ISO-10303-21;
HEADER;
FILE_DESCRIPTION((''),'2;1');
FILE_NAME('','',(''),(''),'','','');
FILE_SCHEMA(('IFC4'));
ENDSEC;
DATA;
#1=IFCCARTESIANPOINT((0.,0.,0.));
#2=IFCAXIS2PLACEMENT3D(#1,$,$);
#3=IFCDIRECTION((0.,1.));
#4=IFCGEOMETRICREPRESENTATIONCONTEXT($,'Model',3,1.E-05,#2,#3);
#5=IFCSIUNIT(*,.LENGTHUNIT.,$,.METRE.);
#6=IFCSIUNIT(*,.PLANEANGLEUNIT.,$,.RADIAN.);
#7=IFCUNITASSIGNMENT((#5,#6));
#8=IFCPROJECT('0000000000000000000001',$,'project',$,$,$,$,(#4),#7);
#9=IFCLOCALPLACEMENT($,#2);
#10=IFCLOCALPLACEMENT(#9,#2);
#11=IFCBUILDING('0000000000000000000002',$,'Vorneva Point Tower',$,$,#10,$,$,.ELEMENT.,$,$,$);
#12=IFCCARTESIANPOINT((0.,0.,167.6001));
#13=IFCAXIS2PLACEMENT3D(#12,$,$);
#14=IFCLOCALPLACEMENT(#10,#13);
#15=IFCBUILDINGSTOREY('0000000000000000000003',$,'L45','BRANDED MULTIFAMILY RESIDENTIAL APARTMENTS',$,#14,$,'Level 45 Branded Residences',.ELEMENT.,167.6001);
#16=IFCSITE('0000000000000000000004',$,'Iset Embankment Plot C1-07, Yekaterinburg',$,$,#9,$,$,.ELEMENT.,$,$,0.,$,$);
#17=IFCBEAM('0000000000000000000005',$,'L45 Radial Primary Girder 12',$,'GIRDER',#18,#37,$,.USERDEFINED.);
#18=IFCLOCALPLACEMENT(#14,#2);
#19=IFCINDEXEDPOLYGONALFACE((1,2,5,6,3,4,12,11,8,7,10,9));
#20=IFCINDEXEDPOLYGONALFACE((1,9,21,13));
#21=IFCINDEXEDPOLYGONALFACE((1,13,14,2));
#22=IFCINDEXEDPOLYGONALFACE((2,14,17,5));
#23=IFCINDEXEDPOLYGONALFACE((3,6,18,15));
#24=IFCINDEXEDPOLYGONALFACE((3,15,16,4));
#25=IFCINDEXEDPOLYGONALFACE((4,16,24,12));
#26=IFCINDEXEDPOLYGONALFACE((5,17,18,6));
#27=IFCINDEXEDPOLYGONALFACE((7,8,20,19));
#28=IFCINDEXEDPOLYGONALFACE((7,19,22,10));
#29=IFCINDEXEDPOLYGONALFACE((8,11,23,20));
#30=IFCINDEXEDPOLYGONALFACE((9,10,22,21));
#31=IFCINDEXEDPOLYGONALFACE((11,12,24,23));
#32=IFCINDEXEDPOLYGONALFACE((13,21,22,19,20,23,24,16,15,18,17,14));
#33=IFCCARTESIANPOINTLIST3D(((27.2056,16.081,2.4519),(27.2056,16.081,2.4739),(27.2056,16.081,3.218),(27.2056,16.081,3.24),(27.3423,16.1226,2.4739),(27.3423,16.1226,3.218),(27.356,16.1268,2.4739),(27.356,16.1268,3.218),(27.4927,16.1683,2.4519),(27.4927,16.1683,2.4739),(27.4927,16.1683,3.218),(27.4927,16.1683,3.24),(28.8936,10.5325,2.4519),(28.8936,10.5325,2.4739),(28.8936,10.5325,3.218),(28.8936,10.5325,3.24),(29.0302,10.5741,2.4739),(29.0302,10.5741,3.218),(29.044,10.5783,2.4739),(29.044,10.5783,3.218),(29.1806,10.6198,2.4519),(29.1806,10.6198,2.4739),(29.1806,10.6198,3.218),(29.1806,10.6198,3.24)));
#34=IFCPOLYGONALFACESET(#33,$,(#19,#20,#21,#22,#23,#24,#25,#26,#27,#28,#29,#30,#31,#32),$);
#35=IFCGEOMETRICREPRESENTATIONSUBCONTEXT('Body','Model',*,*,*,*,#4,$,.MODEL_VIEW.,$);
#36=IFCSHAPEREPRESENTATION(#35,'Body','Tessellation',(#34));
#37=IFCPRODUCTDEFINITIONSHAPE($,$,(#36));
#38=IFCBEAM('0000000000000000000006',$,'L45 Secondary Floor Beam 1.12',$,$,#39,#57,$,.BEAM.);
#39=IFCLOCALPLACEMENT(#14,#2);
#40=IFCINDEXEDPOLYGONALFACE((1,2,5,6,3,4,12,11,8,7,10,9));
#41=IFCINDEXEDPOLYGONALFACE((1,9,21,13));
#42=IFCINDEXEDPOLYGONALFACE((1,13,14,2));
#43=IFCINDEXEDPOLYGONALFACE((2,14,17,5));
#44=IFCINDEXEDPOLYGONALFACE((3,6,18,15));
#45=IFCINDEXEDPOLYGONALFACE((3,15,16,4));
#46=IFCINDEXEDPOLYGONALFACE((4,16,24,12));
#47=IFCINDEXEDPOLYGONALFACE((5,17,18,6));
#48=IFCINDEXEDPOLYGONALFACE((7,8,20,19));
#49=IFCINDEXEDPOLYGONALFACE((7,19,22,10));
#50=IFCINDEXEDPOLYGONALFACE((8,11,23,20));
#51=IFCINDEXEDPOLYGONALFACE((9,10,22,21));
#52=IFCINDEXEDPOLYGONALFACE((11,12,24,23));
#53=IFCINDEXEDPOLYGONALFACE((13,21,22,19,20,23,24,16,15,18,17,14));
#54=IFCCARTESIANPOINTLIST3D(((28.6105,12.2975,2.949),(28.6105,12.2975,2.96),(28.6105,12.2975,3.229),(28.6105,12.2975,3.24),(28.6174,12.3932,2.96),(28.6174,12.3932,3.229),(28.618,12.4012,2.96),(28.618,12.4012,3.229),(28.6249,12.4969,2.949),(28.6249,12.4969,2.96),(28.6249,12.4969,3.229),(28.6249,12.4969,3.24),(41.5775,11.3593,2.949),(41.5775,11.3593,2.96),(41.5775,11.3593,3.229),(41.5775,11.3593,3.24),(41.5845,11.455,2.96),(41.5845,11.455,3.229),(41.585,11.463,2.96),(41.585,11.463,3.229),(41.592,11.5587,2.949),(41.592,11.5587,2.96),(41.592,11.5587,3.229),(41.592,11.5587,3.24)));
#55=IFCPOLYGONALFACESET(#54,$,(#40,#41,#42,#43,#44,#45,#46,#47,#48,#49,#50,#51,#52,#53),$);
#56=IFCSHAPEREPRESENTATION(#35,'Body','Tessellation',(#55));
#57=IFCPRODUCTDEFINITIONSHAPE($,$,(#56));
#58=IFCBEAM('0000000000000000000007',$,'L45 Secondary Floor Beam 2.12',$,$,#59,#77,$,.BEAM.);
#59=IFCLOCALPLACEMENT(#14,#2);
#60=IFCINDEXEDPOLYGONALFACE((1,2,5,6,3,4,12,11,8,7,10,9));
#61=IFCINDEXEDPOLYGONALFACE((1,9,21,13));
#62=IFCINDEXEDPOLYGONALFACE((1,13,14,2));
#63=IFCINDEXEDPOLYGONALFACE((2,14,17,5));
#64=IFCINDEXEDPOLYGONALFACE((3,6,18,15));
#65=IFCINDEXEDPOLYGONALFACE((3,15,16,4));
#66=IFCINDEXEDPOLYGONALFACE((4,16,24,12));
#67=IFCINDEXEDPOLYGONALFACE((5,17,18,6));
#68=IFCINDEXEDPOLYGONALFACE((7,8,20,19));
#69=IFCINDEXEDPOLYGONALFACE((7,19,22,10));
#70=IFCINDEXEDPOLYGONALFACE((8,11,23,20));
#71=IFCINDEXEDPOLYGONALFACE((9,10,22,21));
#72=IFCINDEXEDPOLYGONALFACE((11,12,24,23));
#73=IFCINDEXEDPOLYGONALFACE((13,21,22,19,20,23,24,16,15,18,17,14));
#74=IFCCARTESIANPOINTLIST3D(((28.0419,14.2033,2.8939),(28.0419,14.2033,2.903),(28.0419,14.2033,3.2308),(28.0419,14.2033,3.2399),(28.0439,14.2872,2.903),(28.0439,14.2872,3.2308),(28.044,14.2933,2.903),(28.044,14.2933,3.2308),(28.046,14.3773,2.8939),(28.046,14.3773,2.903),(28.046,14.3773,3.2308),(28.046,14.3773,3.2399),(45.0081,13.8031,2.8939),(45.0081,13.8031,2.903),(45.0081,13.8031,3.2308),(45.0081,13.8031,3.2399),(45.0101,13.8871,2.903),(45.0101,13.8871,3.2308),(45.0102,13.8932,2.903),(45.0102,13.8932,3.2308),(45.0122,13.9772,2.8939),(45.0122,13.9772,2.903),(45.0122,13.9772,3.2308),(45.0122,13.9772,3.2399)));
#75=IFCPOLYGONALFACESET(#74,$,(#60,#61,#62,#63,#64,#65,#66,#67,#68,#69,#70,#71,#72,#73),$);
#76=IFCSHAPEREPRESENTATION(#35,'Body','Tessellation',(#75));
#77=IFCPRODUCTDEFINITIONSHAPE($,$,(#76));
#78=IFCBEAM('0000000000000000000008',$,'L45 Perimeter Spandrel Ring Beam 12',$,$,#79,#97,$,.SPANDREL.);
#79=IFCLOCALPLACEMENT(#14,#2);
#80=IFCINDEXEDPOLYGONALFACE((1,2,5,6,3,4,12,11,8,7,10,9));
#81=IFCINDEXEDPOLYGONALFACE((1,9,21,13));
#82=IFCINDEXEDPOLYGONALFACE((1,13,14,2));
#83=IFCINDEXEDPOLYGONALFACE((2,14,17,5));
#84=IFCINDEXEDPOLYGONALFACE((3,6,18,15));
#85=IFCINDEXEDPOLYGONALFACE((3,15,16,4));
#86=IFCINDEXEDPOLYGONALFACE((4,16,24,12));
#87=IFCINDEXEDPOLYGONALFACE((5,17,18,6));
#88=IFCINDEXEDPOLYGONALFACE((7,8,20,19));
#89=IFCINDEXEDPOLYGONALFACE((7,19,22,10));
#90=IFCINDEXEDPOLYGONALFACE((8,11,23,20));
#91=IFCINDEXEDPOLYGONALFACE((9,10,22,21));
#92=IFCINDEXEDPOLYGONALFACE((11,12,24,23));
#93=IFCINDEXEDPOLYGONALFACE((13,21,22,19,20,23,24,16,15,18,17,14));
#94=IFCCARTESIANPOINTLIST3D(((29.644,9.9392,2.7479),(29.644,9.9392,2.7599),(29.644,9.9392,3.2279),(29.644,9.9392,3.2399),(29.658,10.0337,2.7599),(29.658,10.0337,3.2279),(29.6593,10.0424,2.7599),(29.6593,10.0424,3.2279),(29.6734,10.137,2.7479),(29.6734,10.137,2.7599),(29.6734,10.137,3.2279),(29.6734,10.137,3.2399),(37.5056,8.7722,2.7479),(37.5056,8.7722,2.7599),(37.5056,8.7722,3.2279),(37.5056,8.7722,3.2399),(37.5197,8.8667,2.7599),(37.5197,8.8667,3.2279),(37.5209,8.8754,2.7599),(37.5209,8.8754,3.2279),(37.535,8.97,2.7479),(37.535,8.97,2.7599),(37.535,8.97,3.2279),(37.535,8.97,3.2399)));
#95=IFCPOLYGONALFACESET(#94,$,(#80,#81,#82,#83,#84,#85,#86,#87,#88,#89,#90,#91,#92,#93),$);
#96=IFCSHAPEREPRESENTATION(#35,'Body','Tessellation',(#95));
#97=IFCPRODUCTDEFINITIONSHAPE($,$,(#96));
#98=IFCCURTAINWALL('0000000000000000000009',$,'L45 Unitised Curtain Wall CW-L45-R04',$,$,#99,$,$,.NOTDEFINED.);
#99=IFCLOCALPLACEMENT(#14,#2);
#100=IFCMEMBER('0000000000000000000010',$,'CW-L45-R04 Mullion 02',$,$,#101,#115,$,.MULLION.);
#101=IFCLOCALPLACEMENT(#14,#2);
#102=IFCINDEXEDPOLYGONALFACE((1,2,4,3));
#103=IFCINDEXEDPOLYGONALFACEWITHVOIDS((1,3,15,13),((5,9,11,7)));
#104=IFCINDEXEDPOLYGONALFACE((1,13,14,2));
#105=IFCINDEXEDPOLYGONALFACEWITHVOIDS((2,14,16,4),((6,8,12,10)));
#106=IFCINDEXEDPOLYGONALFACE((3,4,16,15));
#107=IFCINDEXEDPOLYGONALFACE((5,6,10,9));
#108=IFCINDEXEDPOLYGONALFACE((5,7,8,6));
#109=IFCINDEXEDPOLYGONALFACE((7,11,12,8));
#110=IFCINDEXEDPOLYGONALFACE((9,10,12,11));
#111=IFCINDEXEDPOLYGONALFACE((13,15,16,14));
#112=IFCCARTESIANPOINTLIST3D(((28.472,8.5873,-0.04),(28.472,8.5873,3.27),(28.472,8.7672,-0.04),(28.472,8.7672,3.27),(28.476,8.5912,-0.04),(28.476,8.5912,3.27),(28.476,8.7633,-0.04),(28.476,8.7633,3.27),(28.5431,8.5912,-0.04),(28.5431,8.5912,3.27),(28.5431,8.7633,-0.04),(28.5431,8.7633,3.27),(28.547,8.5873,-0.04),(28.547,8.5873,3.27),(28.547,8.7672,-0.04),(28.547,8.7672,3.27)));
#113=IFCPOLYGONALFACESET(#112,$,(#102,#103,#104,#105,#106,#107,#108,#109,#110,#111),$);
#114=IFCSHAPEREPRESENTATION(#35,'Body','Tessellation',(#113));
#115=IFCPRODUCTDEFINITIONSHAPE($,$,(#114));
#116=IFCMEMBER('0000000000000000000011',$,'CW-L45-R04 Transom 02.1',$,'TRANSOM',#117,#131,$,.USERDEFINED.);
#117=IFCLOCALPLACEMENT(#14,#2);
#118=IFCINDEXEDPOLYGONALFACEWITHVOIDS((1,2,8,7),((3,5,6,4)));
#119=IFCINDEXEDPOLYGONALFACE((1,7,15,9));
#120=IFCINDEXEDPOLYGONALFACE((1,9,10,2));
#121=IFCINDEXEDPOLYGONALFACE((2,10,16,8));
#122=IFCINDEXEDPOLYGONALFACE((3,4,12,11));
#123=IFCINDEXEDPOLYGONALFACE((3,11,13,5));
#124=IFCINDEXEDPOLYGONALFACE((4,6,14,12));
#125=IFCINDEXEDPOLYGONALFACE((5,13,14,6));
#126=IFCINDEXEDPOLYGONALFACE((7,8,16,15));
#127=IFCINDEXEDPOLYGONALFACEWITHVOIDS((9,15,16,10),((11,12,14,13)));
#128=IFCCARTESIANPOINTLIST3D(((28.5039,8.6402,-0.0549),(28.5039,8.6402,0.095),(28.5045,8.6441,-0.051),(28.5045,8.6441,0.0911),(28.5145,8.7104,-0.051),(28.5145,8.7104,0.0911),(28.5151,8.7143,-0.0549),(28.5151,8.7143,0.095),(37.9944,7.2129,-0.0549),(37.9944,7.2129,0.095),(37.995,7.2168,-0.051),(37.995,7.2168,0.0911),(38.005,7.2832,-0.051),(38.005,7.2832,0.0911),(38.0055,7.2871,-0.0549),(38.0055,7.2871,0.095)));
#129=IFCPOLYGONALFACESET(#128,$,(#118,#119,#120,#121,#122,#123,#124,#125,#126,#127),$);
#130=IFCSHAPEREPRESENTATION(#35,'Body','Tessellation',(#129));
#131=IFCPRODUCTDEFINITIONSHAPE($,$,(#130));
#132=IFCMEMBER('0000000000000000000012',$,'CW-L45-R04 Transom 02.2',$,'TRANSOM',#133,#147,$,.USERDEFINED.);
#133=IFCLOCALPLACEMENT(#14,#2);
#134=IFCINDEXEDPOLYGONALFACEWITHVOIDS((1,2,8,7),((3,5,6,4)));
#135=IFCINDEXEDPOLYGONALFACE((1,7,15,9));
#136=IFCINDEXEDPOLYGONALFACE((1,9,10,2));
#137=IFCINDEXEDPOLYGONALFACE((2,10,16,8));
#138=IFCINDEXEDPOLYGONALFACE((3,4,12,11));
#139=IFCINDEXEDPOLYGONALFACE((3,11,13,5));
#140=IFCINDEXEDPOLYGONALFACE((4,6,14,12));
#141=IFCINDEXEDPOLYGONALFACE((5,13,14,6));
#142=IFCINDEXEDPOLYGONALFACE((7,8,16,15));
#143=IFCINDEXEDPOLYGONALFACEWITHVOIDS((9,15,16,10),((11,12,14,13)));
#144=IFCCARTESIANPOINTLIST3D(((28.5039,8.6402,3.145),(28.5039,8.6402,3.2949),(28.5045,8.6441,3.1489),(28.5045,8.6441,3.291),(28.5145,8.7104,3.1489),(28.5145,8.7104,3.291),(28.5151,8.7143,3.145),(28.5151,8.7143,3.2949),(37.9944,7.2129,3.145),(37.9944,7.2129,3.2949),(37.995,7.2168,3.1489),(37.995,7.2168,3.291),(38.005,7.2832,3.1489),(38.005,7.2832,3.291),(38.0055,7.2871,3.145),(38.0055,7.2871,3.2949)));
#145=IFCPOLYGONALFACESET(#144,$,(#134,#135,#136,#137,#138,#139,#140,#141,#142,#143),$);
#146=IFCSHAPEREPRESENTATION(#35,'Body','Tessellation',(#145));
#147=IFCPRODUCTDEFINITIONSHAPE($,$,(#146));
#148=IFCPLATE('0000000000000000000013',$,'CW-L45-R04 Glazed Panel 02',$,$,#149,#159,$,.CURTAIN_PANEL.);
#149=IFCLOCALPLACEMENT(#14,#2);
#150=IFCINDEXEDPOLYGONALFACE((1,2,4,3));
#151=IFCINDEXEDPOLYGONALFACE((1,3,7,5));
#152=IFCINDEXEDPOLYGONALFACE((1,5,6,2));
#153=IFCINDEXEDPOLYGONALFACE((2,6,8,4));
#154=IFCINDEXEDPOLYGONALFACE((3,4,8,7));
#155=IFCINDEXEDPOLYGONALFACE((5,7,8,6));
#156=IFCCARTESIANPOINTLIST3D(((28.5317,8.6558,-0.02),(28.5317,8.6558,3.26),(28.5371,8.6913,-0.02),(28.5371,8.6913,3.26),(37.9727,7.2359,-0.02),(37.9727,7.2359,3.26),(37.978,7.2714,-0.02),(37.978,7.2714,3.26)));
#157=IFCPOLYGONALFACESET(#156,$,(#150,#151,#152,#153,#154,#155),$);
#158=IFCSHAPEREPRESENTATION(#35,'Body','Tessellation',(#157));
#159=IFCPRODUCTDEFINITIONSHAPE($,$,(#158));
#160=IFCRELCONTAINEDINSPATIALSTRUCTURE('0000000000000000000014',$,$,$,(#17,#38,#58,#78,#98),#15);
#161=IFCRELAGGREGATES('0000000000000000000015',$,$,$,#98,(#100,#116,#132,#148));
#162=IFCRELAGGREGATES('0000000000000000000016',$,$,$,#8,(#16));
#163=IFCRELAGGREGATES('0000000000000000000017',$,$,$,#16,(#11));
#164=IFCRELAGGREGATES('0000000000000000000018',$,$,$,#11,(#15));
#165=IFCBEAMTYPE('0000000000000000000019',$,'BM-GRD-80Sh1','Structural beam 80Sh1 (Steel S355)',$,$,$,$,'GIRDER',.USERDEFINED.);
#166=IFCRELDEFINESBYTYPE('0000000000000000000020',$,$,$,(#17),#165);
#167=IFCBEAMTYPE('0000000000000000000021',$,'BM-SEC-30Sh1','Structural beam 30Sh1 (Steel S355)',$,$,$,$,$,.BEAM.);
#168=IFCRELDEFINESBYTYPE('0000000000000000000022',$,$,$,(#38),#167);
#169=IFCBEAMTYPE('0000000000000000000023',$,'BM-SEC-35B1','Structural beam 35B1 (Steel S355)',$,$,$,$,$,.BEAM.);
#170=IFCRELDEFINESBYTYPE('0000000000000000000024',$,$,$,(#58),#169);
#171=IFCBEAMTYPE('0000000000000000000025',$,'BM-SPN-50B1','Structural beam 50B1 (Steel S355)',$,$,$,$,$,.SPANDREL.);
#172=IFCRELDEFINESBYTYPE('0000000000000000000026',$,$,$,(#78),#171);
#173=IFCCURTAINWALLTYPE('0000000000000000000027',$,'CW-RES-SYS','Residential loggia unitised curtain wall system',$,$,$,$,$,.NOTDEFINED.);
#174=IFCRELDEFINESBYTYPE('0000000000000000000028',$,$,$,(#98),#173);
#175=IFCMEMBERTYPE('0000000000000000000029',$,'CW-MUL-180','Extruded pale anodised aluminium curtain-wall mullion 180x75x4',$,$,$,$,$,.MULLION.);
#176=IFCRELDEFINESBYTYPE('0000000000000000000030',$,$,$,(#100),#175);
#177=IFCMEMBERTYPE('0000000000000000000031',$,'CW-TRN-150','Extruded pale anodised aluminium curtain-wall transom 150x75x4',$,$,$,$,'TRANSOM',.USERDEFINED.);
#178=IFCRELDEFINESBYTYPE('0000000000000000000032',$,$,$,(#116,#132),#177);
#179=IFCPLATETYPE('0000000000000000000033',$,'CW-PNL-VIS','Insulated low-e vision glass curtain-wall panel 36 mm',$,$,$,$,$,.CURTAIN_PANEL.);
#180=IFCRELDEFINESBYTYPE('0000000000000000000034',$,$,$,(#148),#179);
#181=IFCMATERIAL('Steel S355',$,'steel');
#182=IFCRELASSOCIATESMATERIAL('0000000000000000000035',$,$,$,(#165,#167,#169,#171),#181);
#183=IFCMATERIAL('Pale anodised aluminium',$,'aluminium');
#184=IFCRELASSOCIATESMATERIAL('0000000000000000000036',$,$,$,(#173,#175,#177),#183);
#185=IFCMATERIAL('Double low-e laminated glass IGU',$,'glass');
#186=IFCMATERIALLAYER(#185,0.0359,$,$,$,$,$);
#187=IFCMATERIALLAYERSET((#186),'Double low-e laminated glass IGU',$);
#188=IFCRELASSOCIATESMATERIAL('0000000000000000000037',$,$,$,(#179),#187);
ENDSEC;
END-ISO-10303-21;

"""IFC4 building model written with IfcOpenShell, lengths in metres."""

from ifc_helpers import new_model, si_unit, direction, frame, origin, origin_2d, place, context, subcontext, project, spatial, rectangle, hollow_rectangle, i_section, extrude, material, layer, layer_set, material_profile, profile_set, type_object, element, aggregate, save


model = new_model("IFC4")

# Units and contexts
model_context = context("Model", 3, precision=1e-05, world=origin(), true_north=direction((0.0, 1.0)))
body_context = subcontext(model_context, "Body", "Model", "MODEL_VIEW")
ifc_project = project(units=[si_unit("LENGTHUNIT", "METRE"), si_unit("PLANEANGLEUNIT", "RADIAN")], contexts=[model_context])

# Site, building, storey
site_placement = place(None, origin())
site = spatial("IfcSite", under=ifc_project, at=site_placement, Name="Iset Embankment Plot C1-07, Yekaterinburg", CompositionType="ELEMENT", RefElevation=0.0)
building_placement = place(site_placement, origin())
building = spatial("IfcBuilding", under=site, at=building_placement, Name="Vorneva Point Tower", CompositionType="ELEMENT")
storey_placement = place(building_placement, frame((0.0, 0.0, 167.6001)))
storey = spatial("IfcBuildingStorey", under=building, at=storey_placement, Name="L45", Description="BRANDED MULTIFAMILY RESIDENTIAL APARTMENTS", LongName="Level 45 Branded Residences", CompositionType="ELEMENT", Elevation=167.6001)

# Beams
ifc_material_1 = material(Name="Steel S355", Category="steel")
ifc_material_profile_1 = material_profile(ifc_material_1, i_section(OverallWidth=0.3, OverallDepth=0.7881, WebThickness=0.0144, FlangeThickness=0.022, at=origin_2d()), Name="80Sh1")
ifc_profile_set_1 = profile_set([ifc_material_profile_1], Name="Steel S355")
beam_type_1 = type_object("IfcBeamType", Name="BM-GRD-80Sh1", Description="Structural beam 80Sh1 (Steel S355)", ElementType="GIRDER", PredefinedType="USERDEFINED", material=ifc_profile_set_1)
beam_1_placement = place(storey_placement, frame((29.0371, 10.5762, 2.8459), z_axis=(-0.291049, 0.956708, 0.0), x_axis=(-0.956708, -0.291049, 0.0)))
element("IfcBeam", 1, at=beam_1_placement, inside=storey, type_object=beam_type_1, Name="L45 Radial Primary Girder 12", ObjectType="GIRDER", PredefinedType="USERDEFINED", context=body_context, shape_type="SweptSolid", body=[
    extrude(i_section(OverallWidth=0.3, OverallDepth=0.7881, WebThickness=0.0144, FlangeThickness=0.022, at=origin_2d()), origin(), (0.0, 0.0, 1.0), 5.7996),
])
ifc_material_profile_2 = material_profile(ifc_material_1, i_section(OverallWidth=0.2, OverallDepth=0.291, WebThickness=0.0081, FlangeThickness=0.011, at=origin_2d()), Name="30Sh1")
ifc_profile_set_2 = profile_set([ifc_material_profile_2], Name="Steel S355")
beam_type_2 = type_object("IfcBeamType", Name="BM-SEC-30Sh1", Description="Structural beam 30Sh1 (Steel S355)", PredefinedType="BEAM", material=ifc_profile_set_2)
beam_2_placement = place(storey_placement, frame((28.6177, 12.3972, 3.0945), z_axis=(0.997393, -0.072167, 0.0), x_axis=(0.072167, 0.997393, 0.0)))
element("IfcBeam", 2, at=beam_2_placement, inside=storey, type_object=beam_type_2, Name="L45 Secondary Floor Beam 1.12", PredefinedType="BEAM", context=body_context, shape_type="SweptSolid", body=[
    extrude(i_section(OverallWidth=0.2, OverallDepth=0.291, WebThickness=0.0081, FlangeThickness=0.011, at=origin_2d()), origin(), (0.0, 0.0, 1.0), 13.001),
])
ifc_material_profile_3 = material_profile(ifc_material_1, i_section(OverallWidth=0.1741, OverallDepth=0.3459, WebThickness=0.0061, FlangeThickness=0.009, at=origin_2d()), Name="35B1")
ifc_profile_set_3 = profile_set([ifc_material_profile_3], Name="Steel S355")
beam_type_3 = type_object("IfcBeamType", Name="BM-SEC-35B1", Description="Structural beam 35B1 (Steel S355)", PredefinedType="BEAM", material=ifc_profile_set_3)
beam_3_placement = place(storey_placement, frame((28.0439, 14.2903, 3.0669), z_axis=(0.999722, -0.023578, 0.0), x_axis=(0.023578, 0.999722, 0.0)))
element("IfcBeam", 3, at=beam_3_placement, inside=storey, type_object=beam_type_3, Name="L45 Secondary Floor Beam 2.12", PredefinedType="BEAM", context=body_context, shape_type="SweptSolid", body=[
    extrude(i_section(OverallWidth=0.1741, OverallDepth=0.3459, WebThickness=0.0061, FlangeThickness=0.009, at=origin_2d()), origin(), (0.0, 0.0, 1.0), 16.9709),
])
ifc_material_profile_4 = material_profile(ifc_material_1, i_section(OverallWidth=0.2, OverallDepth=0.4919, WebThickness=0.0088, FlangeThickness=0.012, at=origin_2d()), Name="50B1")
ifc_profile_set_4 = profile_set([ifc_material_profile_4], Name="Steel S355")
beam_type_4 = type_object("IfcBeamType", Name="BM-SPN-50B1", Description="Structural beam 50B1 (Steel S355)", PredefinedType="SPANDREL", material=ifc_profile_set_4)
beam_4_placement = place(storey_placement, frame((29.6587, 10.0381, 2.9939), z_axis=(0.989161, -0.146834, 0.0), x_axis=(0.146834, 0.989161, 0.0)))
element("IfcBeam", 4, at=beam_4_placement, inside=storey, type_object=beam_type_4, Name="L45 Perimeter Spandrel Ring Beam 12", PredefinedType="SPANDREL", context=body_context, shape_type="SweptSolid", body=[
    extrude(i_section(OverallWidth=0.2, OverallDepth=0.4919, WebThickness=0.0088, FlangeThickness=0.012, at=origin_2d()), origin(), (0.0, 0.0, 1.0), 7.9478),
])

# Curtain wall, members, plate
ifc_material_2 = material(Name="Pale anodised aluminium", Category="aluminium")
curtain_wall_type = type_object("IfcCurtainWallType", Name="CW-RES-SYS", Description="Residential loggia unitised curtain wall system", PredefinedType="NOTDEFINED", material=ifc_material_2)
curtain_wall_placement = place(storey_placement, origin())
curtain_wall = element("IfcCurtainWall", 5, at=curtain_wall_placement, inside=storey, type_object=curtain_wall_type, Name="L45 Unitised Curtain Wall CW-L45-R04", PredefinedType="NOTDEFINED")
ifc_material_profile_5 = material_profile(ifc_material_2, hollow_rectangle(XDim=0.075, YDim=0.1799, WallThickness=0.0039, at=origin_2d()), Name="AL-MUL 180x75x4")
ifc_profile_set_5 = profile_set([ifc_material_profile_5], Name="Pale anodised aluminium")
member_type_1 = type_object("IfcMemberType", Name="CW-MUL-180", Description="Extruded pale anodised aluminium curtain-wall mullion 180x75x4", PredefinedType="MULLION", material=ifc_profile_set_5)
member_1_placement = place(storey_placement, frame((28.5095, 8.6772, -0.04), z_axis=(0.0, 0.0, 1.0), x_axis=(1.0, 0.0, 0.0)))
member_1 = element("IfcMember", 6, at=member_1_placement, type_object=member_type_1, Name="CW-L45-R04 Mullion 02", PredefinedType="MULLION", context=body_context, shape_type="SweptSolid", body=[
    extrude(hollow_rectangle(XDim=0.075, YDim=0.1799, WallThickness=0.0039, at=origin_2d()), origin(), (0.0, 0.0, 1.0), 3.3101),
])
ifc_material_profile_6 = material_profile(ifc_material_2, hollow_rectangle(XDim=0.075, YDim=0.1499, WallThickness=0.0039, at=origin_2d()), Name="AL-TRN 150x75x4")
ifc_profile_set_6 = profile_set([ifc_material_profile_6], Name="Pale anodised aluminium")
member_type_2 = type_object("IfcMemberType", Name="CW-TRN-150", Description="Extruded pale anodised aluminium curtain-wall transom 150x75x4", ElementType="TRANSOM", PredefinedType="USERDEFINED", material=ifc_profile_set_6)
member_2_placement = place(storey_placement, frame((28.5095, 8.6772, 0.02), z_axis=(0.98888, -0.148715, 0.0), x_axis=(0.148715, 0.98888, 0.0)))
member_2 = element("IfcMember", 7, at=member_2_placement, type_object=member_type_2, Name="CW-L45-R04 Transom 02.1", ObjectType="TRANSOM", PredefinedType="USERDEFINED", context=body_context, shape_type="SweptSolid", body=[
    extrude(hollow_rectangle(XDim=0.075, YDim=0.1499, WallThickness=0.0039, at=origin_2d()), origin(), (0.0, 0.0, 1.0), 9.5972),
])
member_3_placement = place(storey_placement, frame((28.5095, 8.6772, 3.22), z_axis=(0.98888, -0.148715, 0.0), x_axis=(0.148715, 0.98888, 0.0)))
member_3 = element("IfcMember", 8, at=member_3_placement, type_object=member_type_2, Name="CW-L45-R04 Transom 02.2", ObjectType="TRANSOM", PredefinedType="USERDEFINED", context=body_context, shape_type="SweptSolid", body=[
    extrude(hollow_rectangle(XDim=0.075, YDim=0.1499, WallThickness=0.0039, at=origin_2d()), origin(), (0.0, 0.0, 1.0), 9.5972),
])
ifc_material_3 = material(Name="Double low-e laminated glass IGU", Category="glass")
ifc_layer_1 = layer(ifc_material_3, 0.0359)
ifc_layer_set_1 = layer_set([ifc_layer_1], Name="Double low-e laminated glass IGU")
plate_type = type_object("IfcPlateType", Name="CW-PNL-VIS", Description="Insulated low-e vision glass curtain-wall panel 36 mm", PredefinedType="CURTAIN_PANEL", material=ifc_layer_set_1)
plate_placement = place(storey_placement, frame((33.2549, 7.9636, -0.02), z_axis=(0.0, 0.0, 1.0), x_axis=(0.988879, -0.148724, 0.0)))
plate = element("IfcPlate", 9, at=plate_placement, type_object=plate_type, Name="CW-L45-R04 Glazed Panel 02", PredefinedType="CURTAIN_PANEL", context=body_context, shape_type="SweptSolid", body=[
    extrude(rectangle(XDim=9.5471, YDim=0.0359, at=origin_2d()), origin(), (0.0, 0.0, 1.0), 3.28),
])
aggregate(curtain_wall, [member_1, member_2, member_3, plate])

save(model, "model.ifc")
